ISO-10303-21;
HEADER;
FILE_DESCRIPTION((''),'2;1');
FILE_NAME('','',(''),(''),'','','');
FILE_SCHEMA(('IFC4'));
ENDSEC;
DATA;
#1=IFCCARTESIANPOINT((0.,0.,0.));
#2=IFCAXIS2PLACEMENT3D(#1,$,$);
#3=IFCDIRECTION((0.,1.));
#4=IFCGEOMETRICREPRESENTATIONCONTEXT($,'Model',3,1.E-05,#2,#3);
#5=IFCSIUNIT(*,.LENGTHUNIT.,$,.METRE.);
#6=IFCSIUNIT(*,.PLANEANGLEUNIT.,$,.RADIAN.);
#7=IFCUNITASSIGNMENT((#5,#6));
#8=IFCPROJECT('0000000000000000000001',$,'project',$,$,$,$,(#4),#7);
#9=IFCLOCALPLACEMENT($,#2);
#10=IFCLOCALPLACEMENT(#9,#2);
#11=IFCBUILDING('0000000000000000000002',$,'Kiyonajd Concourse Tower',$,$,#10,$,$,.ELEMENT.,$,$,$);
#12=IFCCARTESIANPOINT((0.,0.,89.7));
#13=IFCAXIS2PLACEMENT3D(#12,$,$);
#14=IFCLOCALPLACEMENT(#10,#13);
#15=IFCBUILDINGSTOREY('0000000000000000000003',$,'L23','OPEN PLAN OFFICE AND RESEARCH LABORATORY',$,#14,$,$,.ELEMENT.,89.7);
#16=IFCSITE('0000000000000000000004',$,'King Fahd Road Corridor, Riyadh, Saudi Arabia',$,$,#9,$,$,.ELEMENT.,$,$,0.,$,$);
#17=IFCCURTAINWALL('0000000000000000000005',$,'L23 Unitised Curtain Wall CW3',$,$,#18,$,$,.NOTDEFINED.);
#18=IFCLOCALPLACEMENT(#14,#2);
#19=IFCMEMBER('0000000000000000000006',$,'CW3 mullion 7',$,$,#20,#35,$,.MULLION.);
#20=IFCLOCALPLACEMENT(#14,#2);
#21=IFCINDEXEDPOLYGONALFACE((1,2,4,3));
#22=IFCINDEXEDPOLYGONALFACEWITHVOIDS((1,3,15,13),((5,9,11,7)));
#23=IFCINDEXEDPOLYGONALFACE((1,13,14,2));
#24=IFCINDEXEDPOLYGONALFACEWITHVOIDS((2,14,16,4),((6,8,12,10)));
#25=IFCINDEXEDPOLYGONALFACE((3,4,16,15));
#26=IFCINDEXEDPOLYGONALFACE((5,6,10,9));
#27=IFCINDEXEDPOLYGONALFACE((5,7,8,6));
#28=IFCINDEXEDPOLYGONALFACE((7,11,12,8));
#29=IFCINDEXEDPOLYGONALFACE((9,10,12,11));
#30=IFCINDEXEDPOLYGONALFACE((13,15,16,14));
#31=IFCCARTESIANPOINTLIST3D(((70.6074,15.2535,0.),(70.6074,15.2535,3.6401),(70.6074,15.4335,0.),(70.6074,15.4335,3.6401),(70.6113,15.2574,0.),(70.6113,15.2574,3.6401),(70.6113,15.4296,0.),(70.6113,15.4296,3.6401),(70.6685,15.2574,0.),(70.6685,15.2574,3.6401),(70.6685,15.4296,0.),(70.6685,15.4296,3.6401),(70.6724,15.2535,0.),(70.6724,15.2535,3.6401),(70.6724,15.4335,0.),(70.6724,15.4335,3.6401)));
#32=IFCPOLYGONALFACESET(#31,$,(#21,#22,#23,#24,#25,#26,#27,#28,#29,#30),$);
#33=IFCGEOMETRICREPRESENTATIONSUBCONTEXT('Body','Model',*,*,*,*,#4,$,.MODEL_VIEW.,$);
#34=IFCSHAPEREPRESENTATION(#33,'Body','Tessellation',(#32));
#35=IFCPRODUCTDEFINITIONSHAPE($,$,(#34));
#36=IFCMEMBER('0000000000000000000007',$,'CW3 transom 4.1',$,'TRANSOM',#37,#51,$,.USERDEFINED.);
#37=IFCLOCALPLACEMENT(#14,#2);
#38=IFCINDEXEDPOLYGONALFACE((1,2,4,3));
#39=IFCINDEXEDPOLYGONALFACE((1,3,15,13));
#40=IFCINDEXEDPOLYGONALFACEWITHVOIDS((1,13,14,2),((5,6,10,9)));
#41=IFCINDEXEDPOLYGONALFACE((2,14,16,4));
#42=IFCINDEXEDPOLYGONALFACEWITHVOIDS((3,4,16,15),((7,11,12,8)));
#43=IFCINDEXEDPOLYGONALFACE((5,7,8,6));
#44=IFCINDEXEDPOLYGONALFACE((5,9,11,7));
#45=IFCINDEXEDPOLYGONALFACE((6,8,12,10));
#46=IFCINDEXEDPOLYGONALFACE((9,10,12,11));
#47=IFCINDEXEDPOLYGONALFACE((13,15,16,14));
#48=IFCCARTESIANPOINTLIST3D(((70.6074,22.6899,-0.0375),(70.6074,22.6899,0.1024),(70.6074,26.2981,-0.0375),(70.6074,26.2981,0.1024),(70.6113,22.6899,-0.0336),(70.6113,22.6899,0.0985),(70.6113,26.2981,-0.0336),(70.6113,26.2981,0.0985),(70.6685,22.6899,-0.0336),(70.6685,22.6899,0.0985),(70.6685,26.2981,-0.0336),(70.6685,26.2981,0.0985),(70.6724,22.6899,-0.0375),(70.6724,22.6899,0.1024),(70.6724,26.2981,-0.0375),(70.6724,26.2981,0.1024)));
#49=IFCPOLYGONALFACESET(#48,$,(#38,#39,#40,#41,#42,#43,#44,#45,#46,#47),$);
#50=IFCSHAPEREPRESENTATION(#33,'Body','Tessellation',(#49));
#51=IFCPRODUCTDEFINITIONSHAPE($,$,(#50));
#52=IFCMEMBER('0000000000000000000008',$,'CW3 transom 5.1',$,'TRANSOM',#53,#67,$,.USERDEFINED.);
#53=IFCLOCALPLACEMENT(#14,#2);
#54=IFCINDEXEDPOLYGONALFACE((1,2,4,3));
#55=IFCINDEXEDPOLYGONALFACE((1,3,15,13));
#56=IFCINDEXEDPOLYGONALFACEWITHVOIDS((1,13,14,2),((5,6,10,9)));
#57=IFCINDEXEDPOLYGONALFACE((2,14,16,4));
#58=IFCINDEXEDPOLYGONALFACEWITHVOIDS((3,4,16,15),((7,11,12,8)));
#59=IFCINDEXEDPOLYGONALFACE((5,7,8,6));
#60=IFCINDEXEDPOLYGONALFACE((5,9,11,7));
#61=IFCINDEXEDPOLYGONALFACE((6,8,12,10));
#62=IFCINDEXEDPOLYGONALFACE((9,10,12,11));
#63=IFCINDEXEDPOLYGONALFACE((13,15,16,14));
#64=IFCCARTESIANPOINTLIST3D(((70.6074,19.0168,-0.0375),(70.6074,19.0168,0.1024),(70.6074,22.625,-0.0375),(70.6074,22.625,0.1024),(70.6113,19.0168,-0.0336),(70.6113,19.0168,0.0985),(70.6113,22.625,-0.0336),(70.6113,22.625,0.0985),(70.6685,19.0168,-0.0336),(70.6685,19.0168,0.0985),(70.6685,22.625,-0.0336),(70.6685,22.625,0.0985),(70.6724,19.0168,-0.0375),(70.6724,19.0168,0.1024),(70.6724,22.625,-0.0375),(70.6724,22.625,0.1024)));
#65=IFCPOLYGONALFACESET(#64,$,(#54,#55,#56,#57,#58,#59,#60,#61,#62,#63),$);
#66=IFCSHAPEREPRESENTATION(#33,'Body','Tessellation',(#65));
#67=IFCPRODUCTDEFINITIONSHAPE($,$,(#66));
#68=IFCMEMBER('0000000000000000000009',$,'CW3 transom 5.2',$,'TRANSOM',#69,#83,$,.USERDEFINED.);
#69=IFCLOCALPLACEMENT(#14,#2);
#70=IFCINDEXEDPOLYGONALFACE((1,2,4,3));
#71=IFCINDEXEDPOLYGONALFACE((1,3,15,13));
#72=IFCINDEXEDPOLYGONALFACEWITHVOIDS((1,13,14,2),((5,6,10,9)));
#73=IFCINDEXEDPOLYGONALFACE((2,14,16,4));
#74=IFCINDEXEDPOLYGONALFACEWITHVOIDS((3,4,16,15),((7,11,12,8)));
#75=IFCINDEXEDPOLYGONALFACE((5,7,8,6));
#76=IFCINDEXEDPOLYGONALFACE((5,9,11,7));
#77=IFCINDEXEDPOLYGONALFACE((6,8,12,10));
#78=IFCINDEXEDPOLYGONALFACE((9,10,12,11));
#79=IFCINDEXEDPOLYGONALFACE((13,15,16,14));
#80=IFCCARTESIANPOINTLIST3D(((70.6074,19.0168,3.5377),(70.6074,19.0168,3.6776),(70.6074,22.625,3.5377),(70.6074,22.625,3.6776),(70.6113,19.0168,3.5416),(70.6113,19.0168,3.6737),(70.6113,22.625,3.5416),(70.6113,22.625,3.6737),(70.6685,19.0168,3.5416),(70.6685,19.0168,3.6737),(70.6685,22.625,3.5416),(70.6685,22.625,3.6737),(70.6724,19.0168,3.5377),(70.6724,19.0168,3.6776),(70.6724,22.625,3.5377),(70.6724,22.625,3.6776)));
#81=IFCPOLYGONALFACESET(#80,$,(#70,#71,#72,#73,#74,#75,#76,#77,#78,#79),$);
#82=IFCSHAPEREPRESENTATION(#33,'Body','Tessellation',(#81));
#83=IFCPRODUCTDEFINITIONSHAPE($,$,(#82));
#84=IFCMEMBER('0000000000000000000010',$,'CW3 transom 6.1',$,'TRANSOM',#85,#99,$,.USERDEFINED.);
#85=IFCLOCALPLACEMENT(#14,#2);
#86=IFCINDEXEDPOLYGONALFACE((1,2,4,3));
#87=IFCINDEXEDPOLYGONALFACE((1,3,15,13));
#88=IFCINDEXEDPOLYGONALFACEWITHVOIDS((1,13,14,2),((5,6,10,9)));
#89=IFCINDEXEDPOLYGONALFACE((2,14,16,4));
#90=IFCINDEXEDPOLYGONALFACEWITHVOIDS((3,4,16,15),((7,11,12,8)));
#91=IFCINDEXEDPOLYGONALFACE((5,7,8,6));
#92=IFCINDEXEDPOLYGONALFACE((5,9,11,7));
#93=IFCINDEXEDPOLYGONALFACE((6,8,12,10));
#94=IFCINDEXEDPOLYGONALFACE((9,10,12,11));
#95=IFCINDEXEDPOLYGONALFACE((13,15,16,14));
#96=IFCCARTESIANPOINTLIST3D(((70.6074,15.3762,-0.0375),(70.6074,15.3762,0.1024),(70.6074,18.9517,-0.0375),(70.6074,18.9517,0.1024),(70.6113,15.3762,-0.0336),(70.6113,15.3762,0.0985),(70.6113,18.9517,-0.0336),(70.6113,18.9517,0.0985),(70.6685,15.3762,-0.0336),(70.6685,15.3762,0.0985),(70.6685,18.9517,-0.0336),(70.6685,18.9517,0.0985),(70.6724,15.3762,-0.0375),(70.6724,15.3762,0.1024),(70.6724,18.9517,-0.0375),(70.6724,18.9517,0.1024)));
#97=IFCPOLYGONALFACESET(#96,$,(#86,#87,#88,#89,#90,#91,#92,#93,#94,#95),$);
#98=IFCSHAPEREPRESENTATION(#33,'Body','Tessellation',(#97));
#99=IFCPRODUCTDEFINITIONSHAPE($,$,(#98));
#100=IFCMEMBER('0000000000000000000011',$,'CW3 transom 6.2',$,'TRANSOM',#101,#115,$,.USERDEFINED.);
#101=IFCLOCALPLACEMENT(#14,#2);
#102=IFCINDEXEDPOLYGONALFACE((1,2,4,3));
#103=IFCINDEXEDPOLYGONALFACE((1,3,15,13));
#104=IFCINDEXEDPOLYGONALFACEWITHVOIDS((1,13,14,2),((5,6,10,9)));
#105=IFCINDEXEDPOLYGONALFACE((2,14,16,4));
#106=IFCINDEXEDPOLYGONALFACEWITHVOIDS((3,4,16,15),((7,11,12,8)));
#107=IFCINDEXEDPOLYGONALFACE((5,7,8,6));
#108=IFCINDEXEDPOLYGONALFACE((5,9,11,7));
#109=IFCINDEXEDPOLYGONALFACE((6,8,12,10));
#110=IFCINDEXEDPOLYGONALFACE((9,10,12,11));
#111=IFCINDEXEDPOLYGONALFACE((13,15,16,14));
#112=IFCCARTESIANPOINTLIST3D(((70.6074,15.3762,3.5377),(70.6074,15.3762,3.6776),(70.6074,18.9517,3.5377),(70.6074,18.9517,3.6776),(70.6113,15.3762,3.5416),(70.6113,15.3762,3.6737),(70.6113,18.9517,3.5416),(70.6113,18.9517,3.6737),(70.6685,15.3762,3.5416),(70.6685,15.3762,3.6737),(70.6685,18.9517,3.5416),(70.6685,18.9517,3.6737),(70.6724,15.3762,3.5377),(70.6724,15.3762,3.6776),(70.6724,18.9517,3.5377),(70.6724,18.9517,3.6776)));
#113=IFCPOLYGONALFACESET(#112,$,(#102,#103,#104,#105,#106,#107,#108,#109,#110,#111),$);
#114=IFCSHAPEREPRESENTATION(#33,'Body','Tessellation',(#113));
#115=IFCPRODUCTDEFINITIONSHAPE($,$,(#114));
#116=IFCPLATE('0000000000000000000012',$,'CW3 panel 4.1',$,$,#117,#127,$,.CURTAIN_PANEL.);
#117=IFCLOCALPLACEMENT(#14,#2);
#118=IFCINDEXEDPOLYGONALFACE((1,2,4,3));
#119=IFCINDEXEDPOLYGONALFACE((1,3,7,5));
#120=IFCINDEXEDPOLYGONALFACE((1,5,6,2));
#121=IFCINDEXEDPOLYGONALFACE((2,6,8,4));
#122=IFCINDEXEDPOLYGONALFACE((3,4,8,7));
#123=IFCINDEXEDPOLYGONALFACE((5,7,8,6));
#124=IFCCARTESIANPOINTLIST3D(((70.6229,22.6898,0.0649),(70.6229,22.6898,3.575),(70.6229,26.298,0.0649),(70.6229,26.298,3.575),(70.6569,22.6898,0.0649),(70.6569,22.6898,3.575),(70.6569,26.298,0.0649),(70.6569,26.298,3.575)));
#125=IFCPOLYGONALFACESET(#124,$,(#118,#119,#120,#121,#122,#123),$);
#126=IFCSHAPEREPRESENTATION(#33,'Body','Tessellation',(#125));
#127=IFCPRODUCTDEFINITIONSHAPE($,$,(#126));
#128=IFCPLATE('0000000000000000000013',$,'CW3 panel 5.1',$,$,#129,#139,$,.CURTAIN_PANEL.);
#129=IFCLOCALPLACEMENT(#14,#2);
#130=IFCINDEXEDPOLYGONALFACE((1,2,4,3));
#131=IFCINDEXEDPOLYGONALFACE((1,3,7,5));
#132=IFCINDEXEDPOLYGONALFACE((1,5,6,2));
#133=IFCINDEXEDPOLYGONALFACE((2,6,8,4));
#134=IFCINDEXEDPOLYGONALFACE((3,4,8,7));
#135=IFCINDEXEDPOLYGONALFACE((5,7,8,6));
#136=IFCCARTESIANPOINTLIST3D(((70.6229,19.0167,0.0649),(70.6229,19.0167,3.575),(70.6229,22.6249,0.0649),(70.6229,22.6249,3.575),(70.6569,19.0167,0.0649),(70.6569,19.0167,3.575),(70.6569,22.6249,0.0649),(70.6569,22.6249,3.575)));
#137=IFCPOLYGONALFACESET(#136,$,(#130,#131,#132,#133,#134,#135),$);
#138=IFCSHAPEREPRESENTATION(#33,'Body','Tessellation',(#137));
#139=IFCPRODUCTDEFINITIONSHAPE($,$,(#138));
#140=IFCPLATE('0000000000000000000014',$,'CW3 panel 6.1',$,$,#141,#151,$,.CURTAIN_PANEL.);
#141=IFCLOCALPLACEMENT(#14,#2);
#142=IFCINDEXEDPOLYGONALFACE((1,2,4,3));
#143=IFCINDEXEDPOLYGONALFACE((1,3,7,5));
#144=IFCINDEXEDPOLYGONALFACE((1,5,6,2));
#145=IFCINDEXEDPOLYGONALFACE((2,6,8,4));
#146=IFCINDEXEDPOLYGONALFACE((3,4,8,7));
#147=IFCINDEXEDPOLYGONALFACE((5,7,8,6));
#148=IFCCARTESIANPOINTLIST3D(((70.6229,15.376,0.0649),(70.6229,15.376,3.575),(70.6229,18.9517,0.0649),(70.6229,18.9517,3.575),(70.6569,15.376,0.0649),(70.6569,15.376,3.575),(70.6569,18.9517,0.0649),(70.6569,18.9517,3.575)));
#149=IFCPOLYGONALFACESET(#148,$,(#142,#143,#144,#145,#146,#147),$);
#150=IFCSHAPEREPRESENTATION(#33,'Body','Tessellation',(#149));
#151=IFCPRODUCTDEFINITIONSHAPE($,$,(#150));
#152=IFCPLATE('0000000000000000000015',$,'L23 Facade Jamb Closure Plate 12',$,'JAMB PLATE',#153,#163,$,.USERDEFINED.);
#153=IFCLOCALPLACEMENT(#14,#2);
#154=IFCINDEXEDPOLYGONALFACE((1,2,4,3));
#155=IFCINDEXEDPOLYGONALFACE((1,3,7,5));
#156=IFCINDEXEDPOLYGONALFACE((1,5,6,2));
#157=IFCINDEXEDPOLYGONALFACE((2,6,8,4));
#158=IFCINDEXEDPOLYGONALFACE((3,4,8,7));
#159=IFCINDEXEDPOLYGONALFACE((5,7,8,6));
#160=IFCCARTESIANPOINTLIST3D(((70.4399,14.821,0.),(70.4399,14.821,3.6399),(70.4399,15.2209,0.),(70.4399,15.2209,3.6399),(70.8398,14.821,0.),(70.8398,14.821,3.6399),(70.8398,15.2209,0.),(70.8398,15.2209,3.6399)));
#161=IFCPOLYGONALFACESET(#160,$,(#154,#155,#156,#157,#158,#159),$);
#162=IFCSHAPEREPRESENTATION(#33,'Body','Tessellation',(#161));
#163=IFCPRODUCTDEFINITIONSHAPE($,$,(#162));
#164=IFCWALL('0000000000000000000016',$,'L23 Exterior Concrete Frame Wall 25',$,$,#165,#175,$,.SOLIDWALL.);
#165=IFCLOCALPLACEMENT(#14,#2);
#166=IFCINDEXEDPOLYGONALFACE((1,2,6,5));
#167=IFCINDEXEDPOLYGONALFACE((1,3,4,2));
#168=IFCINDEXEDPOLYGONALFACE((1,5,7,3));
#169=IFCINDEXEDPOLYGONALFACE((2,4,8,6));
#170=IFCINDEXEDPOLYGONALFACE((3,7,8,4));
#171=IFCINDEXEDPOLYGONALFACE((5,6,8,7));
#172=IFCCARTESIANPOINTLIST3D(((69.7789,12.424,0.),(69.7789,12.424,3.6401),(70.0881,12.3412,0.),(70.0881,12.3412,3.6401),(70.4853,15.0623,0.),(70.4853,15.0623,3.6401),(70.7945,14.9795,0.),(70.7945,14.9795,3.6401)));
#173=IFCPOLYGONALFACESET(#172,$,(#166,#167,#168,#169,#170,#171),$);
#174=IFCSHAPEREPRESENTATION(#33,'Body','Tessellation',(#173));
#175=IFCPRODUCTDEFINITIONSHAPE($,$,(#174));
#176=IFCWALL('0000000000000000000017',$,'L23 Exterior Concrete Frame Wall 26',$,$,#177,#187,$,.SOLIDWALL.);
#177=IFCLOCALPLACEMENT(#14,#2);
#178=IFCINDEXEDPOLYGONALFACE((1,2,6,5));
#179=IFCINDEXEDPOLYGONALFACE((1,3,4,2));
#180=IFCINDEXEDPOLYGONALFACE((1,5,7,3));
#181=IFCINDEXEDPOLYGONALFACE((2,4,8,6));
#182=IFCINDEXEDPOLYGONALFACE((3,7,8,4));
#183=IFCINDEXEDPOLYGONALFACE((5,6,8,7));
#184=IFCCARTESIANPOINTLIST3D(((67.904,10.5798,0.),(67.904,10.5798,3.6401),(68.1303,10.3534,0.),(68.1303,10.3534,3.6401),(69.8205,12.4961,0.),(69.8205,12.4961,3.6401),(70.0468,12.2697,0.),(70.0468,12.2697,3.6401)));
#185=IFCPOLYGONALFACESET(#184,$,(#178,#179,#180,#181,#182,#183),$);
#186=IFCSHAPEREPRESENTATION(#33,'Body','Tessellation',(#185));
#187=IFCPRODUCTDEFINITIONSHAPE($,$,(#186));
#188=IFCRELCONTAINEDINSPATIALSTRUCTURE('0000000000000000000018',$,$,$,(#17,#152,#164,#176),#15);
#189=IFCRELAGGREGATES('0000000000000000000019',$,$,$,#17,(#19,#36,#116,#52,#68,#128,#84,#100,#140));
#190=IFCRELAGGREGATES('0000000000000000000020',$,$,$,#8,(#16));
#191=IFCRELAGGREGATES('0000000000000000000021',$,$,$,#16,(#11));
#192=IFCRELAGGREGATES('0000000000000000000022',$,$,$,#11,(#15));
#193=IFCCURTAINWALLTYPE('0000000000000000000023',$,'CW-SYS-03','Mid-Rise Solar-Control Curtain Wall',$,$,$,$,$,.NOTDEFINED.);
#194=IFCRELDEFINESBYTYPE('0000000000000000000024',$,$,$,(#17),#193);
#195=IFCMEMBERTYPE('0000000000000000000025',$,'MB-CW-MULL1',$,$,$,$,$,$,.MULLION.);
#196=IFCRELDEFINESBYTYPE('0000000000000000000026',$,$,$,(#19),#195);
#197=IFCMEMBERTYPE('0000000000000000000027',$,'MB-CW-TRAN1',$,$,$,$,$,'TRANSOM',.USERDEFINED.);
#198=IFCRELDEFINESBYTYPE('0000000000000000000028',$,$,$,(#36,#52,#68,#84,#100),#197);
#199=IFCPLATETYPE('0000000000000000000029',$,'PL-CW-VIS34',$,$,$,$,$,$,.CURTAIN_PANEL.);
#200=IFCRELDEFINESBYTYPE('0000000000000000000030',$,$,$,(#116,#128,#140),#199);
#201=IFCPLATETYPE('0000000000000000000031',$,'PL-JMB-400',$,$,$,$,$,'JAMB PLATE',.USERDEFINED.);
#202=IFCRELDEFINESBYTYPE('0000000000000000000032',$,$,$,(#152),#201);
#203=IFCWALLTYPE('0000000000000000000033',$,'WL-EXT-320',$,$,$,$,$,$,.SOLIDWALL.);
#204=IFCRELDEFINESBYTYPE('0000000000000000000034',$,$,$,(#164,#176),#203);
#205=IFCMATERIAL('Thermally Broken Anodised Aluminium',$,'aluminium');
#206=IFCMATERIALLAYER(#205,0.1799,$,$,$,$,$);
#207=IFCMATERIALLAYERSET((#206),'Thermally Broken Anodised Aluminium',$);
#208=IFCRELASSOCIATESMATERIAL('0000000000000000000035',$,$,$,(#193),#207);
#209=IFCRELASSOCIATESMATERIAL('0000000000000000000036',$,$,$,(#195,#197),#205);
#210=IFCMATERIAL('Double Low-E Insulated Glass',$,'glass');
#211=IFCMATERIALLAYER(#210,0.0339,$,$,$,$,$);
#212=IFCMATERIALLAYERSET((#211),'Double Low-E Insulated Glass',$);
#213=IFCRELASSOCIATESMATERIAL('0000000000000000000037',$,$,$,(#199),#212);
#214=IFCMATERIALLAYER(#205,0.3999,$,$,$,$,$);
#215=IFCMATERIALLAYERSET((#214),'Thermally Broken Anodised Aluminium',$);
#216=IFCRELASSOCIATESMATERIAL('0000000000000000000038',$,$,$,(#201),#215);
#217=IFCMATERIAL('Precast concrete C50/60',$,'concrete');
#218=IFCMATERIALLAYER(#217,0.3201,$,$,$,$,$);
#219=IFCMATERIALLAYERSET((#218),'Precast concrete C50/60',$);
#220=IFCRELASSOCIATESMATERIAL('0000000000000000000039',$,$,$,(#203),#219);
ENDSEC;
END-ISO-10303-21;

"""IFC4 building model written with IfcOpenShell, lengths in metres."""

from ifc_helpers import new_model, si_unit, direction, frame, frame_2d, origin, origin_2d, place, context, subcontext, project, spatial, rectangle, hollow_rectangle, extrude, material, layer, layer_set, material_profile, profile_set, type_object, element, aggregate, save


model = new_model("IFC4")

# Units and contexts
model_context = context("Model", 3, precision=1e-05, world=origin(), true_north=direction((0.0, 1.0)))
body_context = subcontext(model_context, "Body", "Model", "MODEL_VIEW")
ifc_project = project(units=[si_unit("LENGTHUNIT", "METRE"), si_unit("PLANEANGLEUNIT", "RADIAN")], contexts=[model_context])

# Site, building, storey
site_placement = place(None, origin())
site = spatial("IfcSite", under=ifc_project, at=site_placement, Name="King Fahd Road Corridor, Riyadh, Saudi Arabia", CompositionType="ELEMENT", RefElevation=0.0)
building_placement = place(site_placement, origin())
building = spatial("IfcBuilding", under=site, at=building_placement, Name="Kiyonajd Concourse Tower", CompositionType="ELEMENT")
storey_placement = place(building_placement, frame((0.0, 0.0, 89.7)))
storey = spatial("IfcBuildingStorey", under=building, at=storey_placement, Name="L23", Description="OPEN PLAN OFFICE AND RESEARCH LABORATORY", CompositionType="ELEMENT", Elevation=89.7)

# Shared definitions
ifc_material_1 = material(Name="Precast concrete C50/60", Category="concrete")

# Curtain wall, members, plates
ifc_material_2 = material(Name="Thermally Broken Anodised Aluminium", Category="aluminium")
ifc_layer_1 = layer(ifc_material_2, 0.1799)
ifc_layer_set_1 = layer_set([ifc_layer_1], Name="Thermally Broken Anodised Aluminium")
curtain_wall_type = type_object("IfcCurtainWallType", Name="CW-SYS-03", Description="Mid-Rise Solar-Control Curtain Wall", PredefinedType="NOTDEFINED", material=ifc_layer_set_1)
curtain_wall_placement = place(storey_placement, origin())
curtain_wall = element("IfcCurtainWall", 1, at=curtain_wall_placement, inside=storey, type_object=curtain_wall_type, Name="L23 Unitised Curtain Wall CW3", PredefinedType="NOTDEFINED")
ifc_material_profile_1 = material_profile(ifc_material_2, hollow_rectangle(XDim=0.0649, YDim=0.1799, WallThickness=0.0039, at=origin_2d()), Name="MULL-65x180")
ifc_profile_set_1 = profile_set([ifc_material_profile_1], Name="Thermally Broken Anodised Aluminium")
member_type_1 = type_object("IfcMemberType", Name="MB-CW-MULL1", PredefinedType="MULLION", material=ifc_profile_set_1)
member_1_placement = place(storey_placement, frame((70.6399, 15.3435, 0.0), z_axis=(0.0, 0.0, 1.0), x_axis=(1.0, 0.0, 0.0)))
member_1 = element("IfcMember", 2, at=member_1_placement, type_object=member_type_1, Name="CW3 mullion 7", PredefinedType="MULLION", context=body_context, shape_type="SweptSolid", body=[
    extrude(hollow_rectangle(XDim=0.0649, YDim=0.1799, WallThickness=0.0039, at=origin_2d()), origin(), (0.0, 0.0, 1.0), 3.6401),
])
ifc_material_profile_2 = material_profile(ifc_material_2, hollow_rectangle(XDim=0.0649, YDim=0.1399, WallThickness=0.0039, at=origin_2d()), Name="TRAN-65x140")
ifc_profile_set_2 = profile_set([ifc_material_profile_2], Name="Thermally Broken Anodised Aluminium")
member_type_2 = type_object("IfcMemberType", Name="MB-CW-TRAN1", ElementType="TRANSOM", PredefinedType="USERDEFINED", material=ifc_profile_set_2)
member_2_placement = place(storey_placement, frame((70.6399, 26.2981, 0.0325), z_axis=(0.0, -1.0, 0.0), x_axis=(1.0, 0.0, 0.0)))
member_2 = element("IfcMember", 3, at=member_2_placement, type_object=member_type_2, Name="CW3 transom 4.1", ObjectType="TRANSOM", PredefinedType="USERDEFINED", context=body_context, shape_type="SweptSolid", body=[
    extrude(hollow_rectangle(XDim=0.0649, YDim=0.1399, WallThickness=0.0039, at=origin_2d()), origin(), (0.0, 0.0, 1.0), 3.6082),
])
member_3_placement = place(storey_placement, frame((70.6399, 22.625, 0.0325), z_axis=(0.0, -1.0, 0.0), x_axis=(1.0, 0.0, 0.0)))
member_3 = element("IfcMember", 4, at=member_3_placement, type_object=member_type_2, Name="CW3 transom 5.1", ObjectType="TRANSOM", PredefinedType="USERDEFINED", context=body_context, shape_type="SweptSolid", body=[
    extrude(hollow_rectangle(XDim=0.0649, YDim=0.1399, WallThickness=0.0039, at=origin_2d()), origin(), (0.0, 0.0, 1.0), 3.6082),
])
member_4_placement = place(storey_placement, frame((70.6399, 22.625, 3.6077), z_axis=(0.0, -1.0, 0.0), x_axis=(1.0, 0.0, 0.0)))
member_4 = element("IfcMember", 5, at=member_4_placement, type_object=member_type_2, Name="CW3 transom 5.2", ObjectType="TRANSOM", PredefinedType="USERDEFINED", context=body_context, shape_type="SweptSolid", body=[
    extrude(hollow_rectangle(XDim=0.0649, YDim=0.1399, WallThickness=0.0039, at=origin_2d()), origin(), (0.0, 0.0, 1.0), 3.6082),
])
member_5_placement = place(storey_placement, frame((70.6399, 18.9517, 0.0325), z_axis=(0.0, -1.0, 0.0), x_axis=(1.0, 0.0, 0.0)))
member_5 = element("IfcMember", 6, at=member_5_placement, type_object=member_type_2, Name="CW3 transom 6.1", ObjectType="TRANSOM", PredefinedType="USERDEFINED", context=body_context, shape_type="SweptSolid", body=[
    extrude(hollow_rectangle(XDim=0.0649, YDim=0.1399, WallThickness=0.0039, at=origin_2d()), origin(), (0.0, 0.0, 1.0), 3.5754),
])
member_6_placement = place(storey_placement, frame((70.6399, 18.9517, 3.6077), z_axis=(0.0, -1.0, 0.0), x_axis=(1.0, 0.0, 0.0)))
member_6 = element("IfcMember", 7, at=member_6_placement, type_object=member_type_2, Name="CW3 transom 6.2", ObjectType="TRANSOM", PredefinedType="USERDEFINED", context=body_context, shape_type="SweptSolid", body=[
    extrude(hollow_rectangle(XDim=0.0649, YDim=0.1399, WallThickness=0.0039, at=origin_2d()), origin(), (0.0, 0.0, 1.0), 3.5754),
])
ifc_material_3 = material(Name="Double Low-E Insulated Glass", Category="glass")
ifc_layer_2 = layer(ifc_material_3, 0.0339)
ifc_layer_set_2 = layer_set([ifc_layer_2], Name="Double Low-E Insulated Glass")
plate_type_1 = type_object("IfcPlateType", Name="PL-CW-VIS34", PredefinedType="CURTAIN_PANEL", material=ifc_layer_set_2)
plate_1_placement = place(storey_placement, frame((70.6399, 24.4939, 0.0649), z_axis=(0.0, 0.0, 1.0), x_axis=(0.0, -1.0, 0.0)))
plate_1 = element("IfcPlate", 8, at=plate_1_placement, type_object=plate_type_1, Name="CW3 panel 4.1", PredefinedType="CURTAIN_PANEL", context=body_context, shape_type="SweptSolid", body=[
    extrude(rectangle(XDim=3.6082, YDim=0.0339, at=origin_2d()), origin(), (0.0, 0.0, 1.0), 3.51),
])
plate_2_placement = place(storey_placement, frame((70.6399, 20.8208, 0.0649), z_axis=(0.0, 0.0, 1.0), x_axis=(0.0, -1.0, 0.0)))
plate_2 = element("IfcPlate", 9, at=plate_2_placement, type_object=plate_type_1, Name="CW3 panel 5.1", PredefinedType="CURTAIN_PANEL", context=body_context, shape_type="SweptSolid", body=[
    extrude(rectangle(XDim=3.6082, YDim=0.0339, at=origin_2d()), origin(), (0.0, 0.0, 1.0), 3.51),
])
plate_3_placement = place(storey_placement, frame((70.6399, 17.1638, 0.0649), z_axis=(0.0, 0.0, 1.0), x_axis=(0.0, -1.0, 0.0)))
plate_3 = element("IfcPlate", 10, at=plate_3_placement, type_object=plate_type_1, Name="CW3 panel 6.1", PredefinedType="CURTAIN_PANEL", context=body_context, shape_type="SweptSolid", body=[
    extrude(rectangle(XDim=3.5757, YDim=0.0339, at=origin_2d()), origin(), (0.0, 0.0, 1.0), 3.51),
])
aggregate(curtain_wall, [member_1, member_2, plate_1, member_3, member_4, plate_2, member_5, member_6, plate_3])

# Plate
ifc_layer_3 = layer(ifc_material_2, 0.3999)
ifc_layer_set_3 = layer_set([ifc_layer_3], Name="Thermally Broken Anodised Aluminium")
plate_type_2 = type_object("IfcPlateType", Name="PL-JMB-400", ElementType="JAMB PLATE", PredefinedType="USERDEFINED", material=ifc_layer_set_3)
plate_4_placement = place(storey_placement, frame((70.6399, 15.021, 0.0), z_axis=(0.0, 0.0, 1.0), x_axis=(1.0, 0.0, 0.0)))
element("IfcPlate", 11, at=plate_4_placement, inside=storey, type_object=plate_type_2, Name="L23 Facade Jamb Closure Plate 12", ObjectType="JAMB PLATE", PredefinedType="USERDEFINED", context=body_context, shape_type="SweptSolid", body=[
    extrude(rectangle(XDim=0.3999, YDim=0.3999, at=origin_2d()), origin(), (0.0, 0.0, 1.0), 3.6399),
])

# Walls
ifc_layer_4 = layer(ifc_material_1, 0.3201)
ifc_layer_set_4 = layer_set([ifc_layer_4], Name="Precast concrete C50/60")
wall_type_1 = type_object("IfcWallType", Name="WL-EXT-320", PredefinedType="SOLIDWALL", material=ifc_layer_set_4)
wall_1_placement = place(storey_placement, frame((70.6399, 15.021, 0.0), z_axis=(0.0, 0.0, 1.0), x_axis=(-0.258614, -0.965981, 0.0)))
element("IfcWall", 12, at=wall_1_placement, inside=storey, type_object=wall_type_1, Name="L23 Exterior Concrete Frame Wall 25", PredefinedType="SOLIDWALL", context=body_context, shape_type="SweptSolid", body=[
    extrude(rectangle(XDim=2.7312, YDim=0.3201, at=frame_2d((1.3657, 0.0))), origin(), (0.0, 0.0, 1.0), 3.6401),
])
wall_2_placement = place(storey_placement, frame((69.9336, 12.3828, 0.0), z_axis=(0.0, 0.0, 1.0), x_axis=(-0.707152, -0.707062, 0.0)))
element("IfcWall", 13, at=wall_2_placement, inside=storey, type_object=wall_type_1, Name="L23 Exterior Concrete Frame Wall 26", PredefinedType="SOLIDWALL", context=body_context, shape_type="SweptSolid", body=[
    extrude(rectangle(XDim=2.7102, YDim=0.3201, at=frame_2d((1.355, 0.0))), origin(), (0.0, 0.0, 1.0), 3.6401),
])

save(model, "model.ifc")
